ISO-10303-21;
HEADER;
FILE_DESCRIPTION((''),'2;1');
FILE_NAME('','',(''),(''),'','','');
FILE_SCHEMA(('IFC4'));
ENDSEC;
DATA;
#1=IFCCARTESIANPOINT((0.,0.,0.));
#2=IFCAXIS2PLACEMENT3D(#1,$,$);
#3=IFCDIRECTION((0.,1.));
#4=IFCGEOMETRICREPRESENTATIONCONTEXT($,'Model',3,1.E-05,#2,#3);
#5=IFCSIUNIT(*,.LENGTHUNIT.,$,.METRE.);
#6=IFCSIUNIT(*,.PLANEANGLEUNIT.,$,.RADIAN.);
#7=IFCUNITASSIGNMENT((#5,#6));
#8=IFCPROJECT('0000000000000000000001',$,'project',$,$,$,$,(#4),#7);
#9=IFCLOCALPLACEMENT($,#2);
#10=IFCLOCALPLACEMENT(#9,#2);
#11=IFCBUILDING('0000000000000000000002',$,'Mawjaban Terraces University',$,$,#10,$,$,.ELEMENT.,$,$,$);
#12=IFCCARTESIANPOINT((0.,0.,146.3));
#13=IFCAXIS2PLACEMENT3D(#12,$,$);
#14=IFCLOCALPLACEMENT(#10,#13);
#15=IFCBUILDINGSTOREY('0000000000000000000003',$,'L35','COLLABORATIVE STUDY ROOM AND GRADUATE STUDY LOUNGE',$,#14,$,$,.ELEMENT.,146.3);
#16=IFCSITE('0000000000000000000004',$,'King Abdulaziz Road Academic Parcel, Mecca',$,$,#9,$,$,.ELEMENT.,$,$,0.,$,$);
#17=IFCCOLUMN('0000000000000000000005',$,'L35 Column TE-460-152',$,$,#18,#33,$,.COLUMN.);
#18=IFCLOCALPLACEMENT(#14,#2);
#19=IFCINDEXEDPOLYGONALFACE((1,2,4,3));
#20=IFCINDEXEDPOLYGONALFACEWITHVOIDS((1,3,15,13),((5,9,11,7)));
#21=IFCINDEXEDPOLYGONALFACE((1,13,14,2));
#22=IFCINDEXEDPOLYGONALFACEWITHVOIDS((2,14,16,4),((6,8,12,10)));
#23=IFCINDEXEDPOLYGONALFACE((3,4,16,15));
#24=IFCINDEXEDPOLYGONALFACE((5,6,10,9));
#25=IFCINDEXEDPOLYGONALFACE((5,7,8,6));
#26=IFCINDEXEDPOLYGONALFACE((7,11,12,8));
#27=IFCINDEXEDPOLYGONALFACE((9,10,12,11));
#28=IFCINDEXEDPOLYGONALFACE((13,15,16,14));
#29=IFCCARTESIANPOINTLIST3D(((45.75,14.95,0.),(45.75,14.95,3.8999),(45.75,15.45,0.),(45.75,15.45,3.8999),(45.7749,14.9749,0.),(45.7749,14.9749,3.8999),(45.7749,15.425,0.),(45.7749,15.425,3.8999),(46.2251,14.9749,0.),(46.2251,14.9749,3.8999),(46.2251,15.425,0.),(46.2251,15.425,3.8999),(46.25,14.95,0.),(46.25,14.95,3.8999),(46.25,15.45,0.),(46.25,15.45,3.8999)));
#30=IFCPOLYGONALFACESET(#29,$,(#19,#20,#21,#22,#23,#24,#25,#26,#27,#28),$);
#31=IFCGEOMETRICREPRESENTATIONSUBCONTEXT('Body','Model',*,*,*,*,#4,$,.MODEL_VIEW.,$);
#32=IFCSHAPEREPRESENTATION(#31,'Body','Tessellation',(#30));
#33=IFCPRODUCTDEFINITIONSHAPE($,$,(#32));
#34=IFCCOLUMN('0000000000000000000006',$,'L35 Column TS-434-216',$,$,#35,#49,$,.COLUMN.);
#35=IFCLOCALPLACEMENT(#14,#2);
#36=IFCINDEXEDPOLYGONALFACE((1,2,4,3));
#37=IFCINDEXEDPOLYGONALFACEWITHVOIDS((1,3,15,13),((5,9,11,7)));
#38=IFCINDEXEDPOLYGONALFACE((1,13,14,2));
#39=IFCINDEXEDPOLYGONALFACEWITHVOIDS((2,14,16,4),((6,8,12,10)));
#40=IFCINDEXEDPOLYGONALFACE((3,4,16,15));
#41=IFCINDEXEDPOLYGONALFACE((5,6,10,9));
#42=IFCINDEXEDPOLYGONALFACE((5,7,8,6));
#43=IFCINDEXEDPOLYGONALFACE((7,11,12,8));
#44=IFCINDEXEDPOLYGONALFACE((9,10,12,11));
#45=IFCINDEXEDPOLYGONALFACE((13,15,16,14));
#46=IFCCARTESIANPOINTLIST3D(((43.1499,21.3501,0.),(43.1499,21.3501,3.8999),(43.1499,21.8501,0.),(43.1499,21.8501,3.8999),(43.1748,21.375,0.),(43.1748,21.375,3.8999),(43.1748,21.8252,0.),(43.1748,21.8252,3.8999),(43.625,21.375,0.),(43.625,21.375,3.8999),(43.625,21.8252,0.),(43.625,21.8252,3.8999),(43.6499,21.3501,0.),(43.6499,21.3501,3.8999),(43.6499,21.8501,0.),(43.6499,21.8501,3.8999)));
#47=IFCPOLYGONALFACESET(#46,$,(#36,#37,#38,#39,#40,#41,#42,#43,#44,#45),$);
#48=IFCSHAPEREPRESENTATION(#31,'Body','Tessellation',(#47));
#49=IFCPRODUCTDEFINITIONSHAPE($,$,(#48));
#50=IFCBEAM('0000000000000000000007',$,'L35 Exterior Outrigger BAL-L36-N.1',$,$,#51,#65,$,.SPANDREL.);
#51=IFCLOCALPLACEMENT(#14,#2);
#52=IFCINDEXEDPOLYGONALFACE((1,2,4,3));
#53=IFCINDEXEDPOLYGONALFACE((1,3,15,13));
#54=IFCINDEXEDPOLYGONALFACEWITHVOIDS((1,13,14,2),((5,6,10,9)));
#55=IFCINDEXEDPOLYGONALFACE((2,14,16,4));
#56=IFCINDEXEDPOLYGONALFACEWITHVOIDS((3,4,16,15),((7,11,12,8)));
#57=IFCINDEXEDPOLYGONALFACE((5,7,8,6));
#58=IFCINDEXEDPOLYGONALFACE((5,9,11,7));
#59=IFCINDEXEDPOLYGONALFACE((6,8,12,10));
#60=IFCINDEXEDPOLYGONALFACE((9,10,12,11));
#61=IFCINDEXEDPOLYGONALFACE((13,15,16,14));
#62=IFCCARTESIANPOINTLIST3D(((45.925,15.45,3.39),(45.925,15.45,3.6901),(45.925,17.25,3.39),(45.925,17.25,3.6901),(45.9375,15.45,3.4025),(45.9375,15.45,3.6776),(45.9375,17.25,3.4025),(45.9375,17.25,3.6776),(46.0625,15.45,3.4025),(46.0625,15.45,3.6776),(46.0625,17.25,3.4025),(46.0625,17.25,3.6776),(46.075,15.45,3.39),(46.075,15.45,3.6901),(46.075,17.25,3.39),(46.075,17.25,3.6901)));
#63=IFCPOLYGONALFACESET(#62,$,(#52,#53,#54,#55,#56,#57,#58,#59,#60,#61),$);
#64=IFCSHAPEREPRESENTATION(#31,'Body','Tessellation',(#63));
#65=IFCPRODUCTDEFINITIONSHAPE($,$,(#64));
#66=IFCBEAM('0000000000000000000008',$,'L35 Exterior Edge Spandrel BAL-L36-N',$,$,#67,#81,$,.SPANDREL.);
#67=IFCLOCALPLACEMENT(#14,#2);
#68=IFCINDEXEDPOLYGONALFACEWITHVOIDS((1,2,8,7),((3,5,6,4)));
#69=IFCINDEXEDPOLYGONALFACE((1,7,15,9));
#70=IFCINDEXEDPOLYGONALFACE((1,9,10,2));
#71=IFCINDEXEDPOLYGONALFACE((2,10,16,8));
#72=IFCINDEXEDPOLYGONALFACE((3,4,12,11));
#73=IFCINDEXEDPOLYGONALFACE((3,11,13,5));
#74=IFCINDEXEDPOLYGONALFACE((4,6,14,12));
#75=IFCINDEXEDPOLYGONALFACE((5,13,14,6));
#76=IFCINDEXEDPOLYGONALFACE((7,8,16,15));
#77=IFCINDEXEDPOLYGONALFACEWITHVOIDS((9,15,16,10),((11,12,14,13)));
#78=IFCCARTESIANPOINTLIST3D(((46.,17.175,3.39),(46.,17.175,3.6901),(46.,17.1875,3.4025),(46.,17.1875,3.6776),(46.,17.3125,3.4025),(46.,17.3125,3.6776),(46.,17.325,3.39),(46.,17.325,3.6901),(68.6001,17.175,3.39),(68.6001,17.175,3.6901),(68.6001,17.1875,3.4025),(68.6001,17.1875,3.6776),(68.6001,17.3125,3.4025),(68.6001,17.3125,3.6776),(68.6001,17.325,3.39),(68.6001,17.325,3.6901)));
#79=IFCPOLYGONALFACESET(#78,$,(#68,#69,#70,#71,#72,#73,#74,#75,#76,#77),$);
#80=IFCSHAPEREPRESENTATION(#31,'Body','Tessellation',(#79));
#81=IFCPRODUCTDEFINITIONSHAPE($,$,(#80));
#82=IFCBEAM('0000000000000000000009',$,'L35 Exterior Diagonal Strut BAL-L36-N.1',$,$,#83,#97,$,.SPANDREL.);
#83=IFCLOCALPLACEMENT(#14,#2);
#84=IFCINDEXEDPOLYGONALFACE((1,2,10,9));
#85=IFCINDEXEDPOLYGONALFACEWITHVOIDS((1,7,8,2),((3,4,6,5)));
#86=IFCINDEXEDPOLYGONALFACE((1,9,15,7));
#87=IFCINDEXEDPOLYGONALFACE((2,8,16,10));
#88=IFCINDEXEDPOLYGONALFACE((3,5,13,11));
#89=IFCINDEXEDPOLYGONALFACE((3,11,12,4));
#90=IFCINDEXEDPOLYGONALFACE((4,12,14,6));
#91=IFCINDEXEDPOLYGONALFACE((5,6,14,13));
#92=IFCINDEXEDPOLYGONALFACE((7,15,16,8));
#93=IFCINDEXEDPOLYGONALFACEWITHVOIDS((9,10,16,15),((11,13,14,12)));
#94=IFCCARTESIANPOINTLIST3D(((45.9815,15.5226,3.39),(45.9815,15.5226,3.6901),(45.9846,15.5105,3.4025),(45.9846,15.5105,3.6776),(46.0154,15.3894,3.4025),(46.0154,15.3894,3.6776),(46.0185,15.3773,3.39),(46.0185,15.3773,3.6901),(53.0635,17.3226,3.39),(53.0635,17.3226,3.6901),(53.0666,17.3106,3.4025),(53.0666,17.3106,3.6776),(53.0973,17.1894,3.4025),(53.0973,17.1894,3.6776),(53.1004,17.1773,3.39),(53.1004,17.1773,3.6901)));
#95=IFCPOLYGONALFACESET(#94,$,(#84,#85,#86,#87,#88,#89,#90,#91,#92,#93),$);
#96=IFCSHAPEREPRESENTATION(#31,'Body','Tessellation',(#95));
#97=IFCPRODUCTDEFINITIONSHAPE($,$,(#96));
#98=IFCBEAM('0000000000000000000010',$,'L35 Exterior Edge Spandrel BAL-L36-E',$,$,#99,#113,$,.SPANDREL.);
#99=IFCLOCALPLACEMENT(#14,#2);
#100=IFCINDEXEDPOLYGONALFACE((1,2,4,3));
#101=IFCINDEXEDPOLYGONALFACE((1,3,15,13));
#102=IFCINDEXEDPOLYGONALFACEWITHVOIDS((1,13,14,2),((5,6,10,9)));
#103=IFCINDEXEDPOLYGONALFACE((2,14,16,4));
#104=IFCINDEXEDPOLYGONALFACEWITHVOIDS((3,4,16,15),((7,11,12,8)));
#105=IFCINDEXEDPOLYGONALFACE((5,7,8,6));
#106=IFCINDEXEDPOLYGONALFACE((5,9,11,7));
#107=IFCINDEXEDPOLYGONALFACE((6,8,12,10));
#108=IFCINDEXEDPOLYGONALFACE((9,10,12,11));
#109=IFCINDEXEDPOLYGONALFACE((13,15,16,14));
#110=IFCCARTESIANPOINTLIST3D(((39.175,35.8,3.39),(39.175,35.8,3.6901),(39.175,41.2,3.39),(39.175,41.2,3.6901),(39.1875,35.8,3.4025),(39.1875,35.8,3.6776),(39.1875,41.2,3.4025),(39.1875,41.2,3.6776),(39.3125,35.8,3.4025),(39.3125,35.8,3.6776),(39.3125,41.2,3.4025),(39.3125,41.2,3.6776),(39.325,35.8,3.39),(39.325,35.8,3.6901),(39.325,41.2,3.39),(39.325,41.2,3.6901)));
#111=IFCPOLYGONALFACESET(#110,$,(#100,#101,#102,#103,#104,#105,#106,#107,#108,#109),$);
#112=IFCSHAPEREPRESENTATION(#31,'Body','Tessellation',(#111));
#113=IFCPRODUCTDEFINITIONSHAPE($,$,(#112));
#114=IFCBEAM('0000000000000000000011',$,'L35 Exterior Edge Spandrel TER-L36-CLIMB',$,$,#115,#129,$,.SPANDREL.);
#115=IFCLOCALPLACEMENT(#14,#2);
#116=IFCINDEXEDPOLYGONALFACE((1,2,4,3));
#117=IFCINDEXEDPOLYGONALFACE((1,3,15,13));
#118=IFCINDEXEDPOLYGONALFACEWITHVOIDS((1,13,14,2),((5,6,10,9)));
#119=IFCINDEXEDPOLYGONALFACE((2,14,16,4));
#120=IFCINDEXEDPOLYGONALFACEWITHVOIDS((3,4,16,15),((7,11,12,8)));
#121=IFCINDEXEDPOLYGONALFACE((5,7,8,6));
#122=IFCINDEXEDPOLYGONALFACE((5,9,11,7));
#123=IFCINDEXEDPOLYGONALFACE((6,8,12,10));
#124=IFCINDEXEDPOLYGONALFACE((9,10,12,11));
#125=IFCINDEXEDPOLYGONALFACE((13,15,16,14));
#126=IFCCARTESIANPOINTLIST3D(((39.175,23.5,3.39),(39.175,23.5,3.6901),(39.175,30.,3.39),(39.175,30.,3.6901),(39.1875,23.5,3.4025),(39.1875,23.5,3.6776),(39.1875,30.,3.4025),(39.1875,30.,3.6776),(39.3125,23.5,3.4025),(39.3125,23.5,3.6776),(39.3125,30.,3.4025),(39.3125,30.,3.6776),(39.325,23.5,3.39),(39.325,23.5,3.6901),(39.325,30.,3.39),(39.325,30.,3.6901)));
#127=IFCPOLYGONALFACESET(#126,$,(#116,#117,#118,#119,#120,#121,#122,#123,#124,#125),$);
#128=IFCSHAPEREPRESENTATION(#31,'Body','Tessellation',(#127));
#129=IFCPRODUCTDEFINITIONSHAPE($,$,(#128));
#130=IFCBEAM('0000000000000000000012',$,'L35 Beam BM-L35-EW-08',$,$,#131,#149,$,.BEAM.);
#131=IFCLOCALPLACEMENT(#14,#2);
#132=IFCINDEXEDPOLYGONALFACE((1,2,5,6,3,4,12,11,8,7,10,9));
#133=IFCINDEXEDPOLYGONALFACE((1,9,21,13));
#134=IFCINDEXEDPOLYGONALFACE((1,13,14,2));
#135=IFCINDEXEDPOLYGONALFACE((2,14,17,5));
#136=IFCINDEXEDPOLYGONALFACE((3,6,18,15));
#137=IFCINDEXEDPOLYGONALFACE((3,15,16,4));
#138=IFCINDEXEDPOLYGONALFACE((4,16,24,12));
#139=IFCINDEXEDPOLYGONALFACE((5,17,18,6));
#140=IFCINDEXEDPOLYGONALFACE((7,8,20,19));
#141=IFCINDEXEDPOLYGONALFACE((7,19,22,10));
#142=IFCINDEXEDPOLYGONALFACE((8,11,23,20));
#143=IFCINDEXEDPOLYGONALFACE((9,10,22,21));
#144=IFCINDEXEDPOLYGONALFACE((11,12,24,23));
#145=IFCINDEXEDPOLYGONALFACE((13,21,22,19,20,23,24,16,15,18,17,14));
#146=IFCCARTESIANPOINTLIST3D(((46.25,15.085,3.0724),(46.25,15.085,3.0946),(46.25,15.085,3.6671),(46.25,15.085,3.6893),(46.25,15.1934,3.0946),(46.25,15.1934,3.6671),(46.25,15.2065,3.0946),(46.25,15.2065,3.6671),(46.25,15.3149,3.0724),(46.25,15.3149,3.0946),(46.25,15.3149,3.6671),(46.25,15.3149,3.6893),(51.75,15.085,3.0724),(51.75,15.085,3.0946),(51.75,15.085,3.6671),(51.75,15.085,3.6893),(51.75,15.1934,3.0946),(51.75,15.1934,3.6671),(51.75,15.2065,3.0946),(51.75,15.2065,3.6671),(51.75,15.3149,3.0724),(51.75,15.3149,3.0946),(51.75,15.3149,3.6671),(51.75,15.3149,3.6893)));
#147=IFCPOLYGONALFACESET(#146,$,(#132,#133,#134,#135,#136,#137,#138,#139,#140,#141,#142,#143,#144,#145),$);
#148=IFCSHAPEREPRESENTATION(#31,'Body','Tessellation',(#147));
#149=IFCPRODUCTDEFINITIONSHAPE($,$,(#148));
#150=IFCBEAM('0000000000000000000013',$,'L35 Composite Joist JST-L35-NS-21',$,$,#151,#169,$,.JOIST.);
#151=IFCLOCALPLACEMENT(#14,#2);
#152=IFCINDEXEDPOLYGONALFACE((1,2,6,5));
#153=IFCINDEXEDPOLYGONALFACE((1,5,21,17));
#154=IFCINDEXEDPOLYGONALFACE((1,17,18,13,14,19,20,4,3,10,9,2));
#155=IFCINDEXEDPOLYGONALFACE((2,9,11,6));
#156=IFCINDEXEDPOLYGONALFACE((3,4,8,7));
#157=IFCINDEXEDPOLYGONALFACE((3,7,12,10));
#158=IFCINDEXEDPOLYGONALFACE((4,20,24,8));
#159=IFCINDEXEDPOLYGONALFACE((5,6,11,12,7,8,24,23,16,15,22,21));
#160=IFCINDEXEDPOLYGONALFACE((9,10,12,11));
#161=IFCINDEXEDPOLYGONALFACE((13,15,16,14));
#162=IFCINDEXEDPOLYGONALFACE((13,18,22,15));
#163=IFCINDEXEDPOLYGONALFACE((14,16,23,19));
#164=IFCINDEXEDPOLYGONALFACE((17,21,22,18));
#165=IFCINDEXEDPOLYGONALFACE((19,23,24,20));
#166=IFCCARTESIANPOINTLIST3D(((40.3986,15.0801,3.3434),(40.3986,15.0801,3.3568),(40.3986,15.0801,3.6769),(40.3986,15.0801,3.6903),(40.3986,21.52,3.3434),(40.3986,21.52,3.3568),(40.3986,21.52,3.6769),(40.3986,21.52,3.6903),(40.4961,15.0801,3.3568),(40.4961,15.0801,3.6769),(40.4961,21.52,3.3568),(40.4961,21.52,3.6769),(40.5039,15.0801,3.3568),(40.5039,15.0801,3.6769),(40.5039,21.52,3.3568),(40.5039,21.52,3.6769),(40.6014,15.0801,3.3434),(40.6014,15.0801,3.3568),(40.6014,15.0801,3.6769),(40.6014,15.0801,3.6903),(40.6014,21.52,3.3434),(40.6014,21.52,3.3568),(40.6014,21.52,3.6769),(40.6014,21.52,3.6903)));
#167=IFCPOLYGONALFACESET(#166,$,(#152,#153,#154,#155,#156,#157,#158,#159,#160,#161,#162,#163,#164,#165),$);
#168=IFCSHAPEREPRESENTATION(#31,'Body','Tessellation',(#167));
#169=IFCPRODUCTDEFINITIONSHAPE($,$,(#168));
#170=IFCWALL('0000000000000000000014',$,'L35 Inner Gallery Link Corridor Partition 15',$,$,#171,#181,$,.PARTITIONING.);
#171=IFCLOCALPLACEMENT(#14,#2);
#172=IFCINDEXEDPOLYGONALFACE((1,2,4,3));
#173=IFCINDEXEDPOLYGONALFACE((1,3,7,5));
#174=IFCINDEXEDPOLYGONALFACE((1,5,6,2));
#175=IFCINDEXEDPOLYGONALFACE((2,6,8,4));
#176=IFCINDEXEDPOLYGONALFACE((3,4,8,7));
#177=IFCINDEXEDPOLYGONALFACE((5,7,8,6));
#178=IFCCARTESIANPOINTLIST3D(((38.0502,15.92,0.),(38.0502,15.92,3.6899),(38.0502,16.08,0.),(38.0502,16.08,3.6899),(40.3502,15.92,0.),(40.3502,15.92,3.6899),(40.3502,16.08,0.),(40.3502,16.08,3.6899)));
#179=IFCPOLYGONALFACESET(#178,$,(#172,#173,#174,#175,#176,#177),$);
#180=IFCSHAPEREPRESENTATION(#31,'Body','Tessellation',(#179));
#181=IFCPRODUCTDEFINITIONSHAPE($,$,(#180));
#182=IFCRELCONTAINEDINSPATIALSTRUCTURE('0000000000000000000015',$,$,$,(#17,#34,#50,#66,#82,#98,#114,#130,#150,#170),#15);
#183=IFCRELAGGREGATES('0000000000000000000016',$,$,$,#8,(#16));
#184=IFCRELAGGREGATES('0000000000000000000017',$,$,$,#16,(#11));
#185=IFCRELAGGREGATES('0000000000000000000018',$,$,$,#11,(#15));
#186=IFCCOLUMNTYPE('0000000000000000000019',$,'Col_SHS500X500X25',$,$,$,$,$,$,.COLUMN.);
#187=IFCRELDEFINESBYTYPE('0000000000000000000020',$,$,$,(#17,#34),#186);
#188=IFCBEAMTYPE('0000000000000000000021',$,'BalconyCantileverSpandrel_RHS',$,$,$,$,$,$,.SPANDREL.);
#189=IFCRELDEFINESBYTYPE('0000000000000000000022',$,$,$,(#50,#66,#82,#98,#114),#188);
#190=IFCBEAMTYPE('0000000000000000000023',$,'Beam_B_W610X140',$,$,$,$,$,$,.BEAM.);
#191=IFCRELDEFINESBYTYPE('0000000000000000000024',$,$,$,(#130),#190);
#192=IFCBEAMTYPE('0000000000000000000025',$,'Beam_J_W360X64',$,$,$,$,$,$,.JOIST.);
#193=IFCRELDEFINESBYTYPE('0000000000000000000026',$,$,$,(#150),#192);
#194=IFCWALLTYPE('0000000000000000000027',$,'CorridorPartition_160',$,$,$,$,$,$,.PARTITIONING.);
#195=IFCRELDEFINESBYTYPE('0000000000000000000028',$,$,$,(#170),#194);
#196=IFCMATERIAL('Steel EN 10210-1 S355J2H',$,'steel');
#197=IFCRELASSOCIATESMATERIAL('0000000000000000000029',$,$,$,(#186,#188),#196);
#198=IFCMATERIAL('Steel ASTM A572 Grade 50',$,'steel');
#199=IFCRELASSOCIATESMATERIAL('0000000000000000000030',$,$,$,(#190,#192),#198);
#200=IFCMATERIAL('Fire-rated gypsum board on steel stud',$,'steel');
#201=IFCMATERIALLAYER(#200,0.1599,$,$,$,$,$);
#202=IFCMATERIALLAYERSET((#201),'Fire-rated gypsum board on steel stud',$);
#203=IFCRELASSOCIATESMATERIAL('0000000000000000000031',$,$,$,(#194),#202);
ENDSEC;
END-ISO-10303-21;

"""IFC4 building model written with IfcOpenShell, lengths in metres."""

from ifc_helpers import new_model, si_unit, direction, frame, frame_2d, origin, origin_2d, place, context, subcontext, project, spatial, rectangle, hollow_rectangle, i_section, extrude, material, layer, layer_set, material_profile, profile_set, type_object, element, save


model = new_model("IFC4")

# Units and contexts
model_context = context("Model", 3, precision=1e-05, world=origin(), true_north=direction((0.0, 1.0)))
body_context = subcontext(model_context, "Body", "Model", "MODEL_VIEW")
ifc_project = project(units=[si_unit("LENGTHUNIT", "METRE"), si_unit("PLANEANGLEUNIT", "RADIAN")], contexts=[model_context])

# Site, building, storey
site_placement = place(None, origin())
site = spatial("IfcSite", under=ifc_project, at=site_placement, Name="King Abdulaziz Road Academic Parcel, Mecca", CompositionType="ELEMENT", RefElevation=0.0)
building_placement = place(site_placement, origin())
building = spatial("IfcBuilding", under=site, at=building_placement, Name="Mawjaban Terraces University", CompositionType="ELEMENT")
storey_placement = place(building_placement, frame((0.0, 0.0, 146.3)))
storey = spatial("IfcBuildingStorey", under=building, at=storey_placement, Name="L35", Description="COLLABORATIVE STUDY ROOM AND GRADUATE STUDY LOUNGE", CompositionType="ELEMENT", Elevation=146.3)

# Columns
ifc_material_1 = material(Name="Steel EN 10210-1 S355J2H", Category="steel")
ifc_material_profile_1 = material_profile(ifc_material_1, hollow_rectangle(XDim=0.5, YDim=0.5, WallThickness=0.0249, at=origin_2d()), Name="SHS500X500X25")
ifc_profile_set_1 = profile_set([ifc_material_profile_1], Name="Steel EN 10210-1 S355J2H")
column_type = type_object("IfcColumnType", Name="Col_SHS500X500X25", PredefinedType="COLUMN", material=ifc_profile_set_1)
for number, where, z_axis, x_axis, name in (
    (1, (46.0, 15.2, 0.0), (0.0, 0.0, 1.0), (1.0, 0.0, 0.0), "L35 Column TE-460-152"),
    (2, (43.3999, 21.6001, 0.0), (0.0, 0.0, 1.0), (1.0, 0.0, 0.0), "L35 Column TS-434-216"),
):
    element("IfcColumn", number, at=place(storey_placement, frame(where, z_axis=z_axis, x_axis=x_axis)), inside=storey, type_object=column_type, Name=name, PredefinedType="COLUMN", context=body_context, shape_type="SweptSolid", body=[
        extrude(hollow_rectangle(XDim=0.5, YDim=0.5, WallThickness=0.0249, at=origin_2d()), origin(), (0.0, 0.0, 1.0), 3.8999),
    ])

# Beams
ifc_material_profile_2 = material_profile(ifc_material_1, hollow_rectangle(XDim=0.1499, YDim=0.3, WallThickness=0.0125, at=origin_2d()), Name="RHS300X150X12.5")
ifc_profile_set_2 = profile_set([ifc_material_profile_2], Name="Steel EN 10210-1 S355J2H")
beam_type_1 = type_object("IfcBeamType", Name="BalconyCantileverSpandrel_RHS", PredefinedType="SPANDREL", material=ifc_profile_set_2)
beam_1_placement = place(storey_placement, frame((46.0, 15.45, 3.54), z_axis=(0.0, 1.0, 0.0), x_axis=(-1.0, 0.0, 0.0)))
element("IfcBeam", 3, at=beam_1_placement, inside=storey, type_object=beam_type_1, Name="L35 Exterior Outrigger BAL-L36-N.1", PredefinedType="SPANDREL", context=body_context, shape_type="SweptSolid", body=[
    extrude(hollow_rectangle(XDim=0.1499, YDim=0.3, WallThickness=0.0125, at=origin_2d()), origin(), (0.0, 0.0, 1.0), 1.8),
])
beam_2_placement = place(storey_placement, frame((46.0, 17.25, 3.54), z_axis=(1.0, 0.0, 0.0), x_axis=(0.0, 1.0, 0.0)))
element("IfcBeam", 4, at=beam_2_placement, inside=storey, type_object=beam_type_1, Name="L35 Exterior Edge Spandrel BAL-L36-N", PredefinedType="SPANDREL", context=body_context, shape_type="SweptSolid", body=[
    extrude(hollow_rectangle(XDim=0.1499, YDim=0.3, WallThickness=0.0125, at=origin_2d()), origin(), (0.0, 0.0, 1.0), 22.6001),
])
beam_3_placement = place(storey_placement, frame((46.0, 15.45, 3.54), z_axis=(0.969184, 0.246339, 0.0), x_axis=(-0.246339, 0.969184, 0.0)))
element("IfcBeam", 5, at=beam_3_placement, inside=storey, type_object=beam_type_1, Name="L35 Exterior Diagonal Strut BAL-L36-N.1", PredefinedType="SPANDREL", context=body_context, shape_type="SweptSolid", body=[
    extrude(hollow_rectangle(XDim=0.1499, YDim=0.3, WallThickness=0.0125, at=origin_2d()), origin(), (0.0, 0.0, 1.0), 7.3071),
])
beam_4_placement = place(storey_placement, frame((39.25, 35.8, 3.54), z_axis=(0.0, 1.0, 0.0), x_axis=(-1.0, 0.0, 0.0)))
element("IfcBeam", 6, at=beam_4_placement, inside=storey, type_object=beam_type_1, Name="L35 Exterior Edge Spandrel BAL-L36-E", PredefinedType="SPANDREL", context=body_context, shape_type="SweptSolid", body=[
    extrude(hollow_rectangle(XDim=0.1499, YDim=0.3, WallThickness=0.0125, at=origin_2d()), origin(), (0.0, 0.0, 1.0), 5.3999),
])
beam_5_placement = place(storey_placement, frame((39.25, 23.5, 3.54), z_axis=(0.0, 1.0, 0.0), x_axis=(-1.0, 0.0, 0.0)))
element("IfcBeam", 7, at=beam_5_placement, inside=storey, type_object=beam_type_1, Name="L35 Exterior Edge Spandrel TER-L36-CLIMB", PredefinedType="SPANDREL", context=body_context, shape_type="SweptSolid", body=[
    extrude(hollow_rectangle(XDim=0.1499, YDim=0.3, WallThickness=0.0125, at=origin_2d()), origin(), (0.0, 0.0, 1.0), 6.5),
])
ifc_material_2 = material(Name="Steel ASTM A572 Grade 50", Category="steel")
ifc_material_profile_3 = material_profile(ifc_material_2, i_section(OverallWidth=0.23, OverallDepth=0.6169, WebThickness=0.0132, FlangeThickness=0.0222, at=origin_2d()), Name="W610X140")
ifc_profile_set_3 = profile_set([ifc_material_profile_3], Name="Steel ASTM A572 Grade 50")
beam_type_2 = type_object("IfcBeamType", Name="Beam_B_W610X140", PredefinedType="BEAM", material=ifc_profile_set_3)
beam_6_placement = place(storey_placement, frame((46.25, 15.2, 3.3809), z_axis=(1.0, 0.0, 0.0), x_axis=(0.0, 1.0, 0.0)))
element("IfcBeam", 8, at=beam_6_placement, inside=storey, type_object=beam_type_2, Name="L35 Beam BM-L35-EW-08", PredefinedType="BEAM", context=body_context, shape_type="SweptSolid", body=[
    extrude(i_section(OverallWidth=0.23, OverallDepth=0.6169, WebThickness=0.0132, FlangeThickness=0.0222, at=origin_2d()), origin(), (0.0, 0.0, 1.0), 5.5),
])
ifc_material_profile_4 = material_profile(ifc_material_2, i_section(OverallWidth=0.2029, OverallDepth=0.3469, WebThickness=0.0078, FlangeThickness=0.0134, at=origin_2d()), Name="W360X64")
ifc_profile_set_4 = profile_set([ifc_material_profile_4], Name="Steel ASTM A572 Grade 50")
beam_type_3 = type_object("IfcBeamType", Name="Beam_J_W360X64", PredefinedType="JOIST", material=ifc_profile_set_4)
beam_7_placement = place(storey_placement, frame((40.5, 15.0801, 3.5168), z_axis=(0.0, 1.0, 0.0), x_axis=(-1.0, 0.0, 0.0)))
element("IfcBeam", 9, at=beam_7_placement, inside=storey, type_object=beam_type_3, Name="L35 Composite Joist JST-L35-NS-21", PredefinedType="JOIST", context=body_context, shape_type="SweptSolid", body=[
    extrude(i_section(OverallWidth=0.2029, OverallDepth=0.3469, WebThickness=0.0078, FlangeThickness=0.0134, at=origin_2d()), origin(), (0.0, 0.0, 1.0), 6.4399),
])

# Wall
ifc_material_3 = material(Name="Fire-rated gypsum board on steel stud", Category="steel")
ifc_layer_1 = layer(ifc_material_3, 0.1599)
ifc_layer_set_1 = layer_set([ifc_layer_1], Name="Fire-rated gypsum board on steel stud")
wall_type_1 = type_object("IfcWallType", Name="CorridorPartition_160", PredefinedType="PARTITIONING", material=ifc_layer_set_1)
wall_1_placement = place(storey_placement, frame((40.3501, 16.0, 0.0), z_axis=(0.0, 0.0, 1.0), x_axis=(-1.0, 0.0, 0.0)))
element("IfcWall", 10, at=wall_1_placement, inside=storey, type_object=wall_type_1, Name="L35 Inner Gallery Link Corridor Partition 15", PredefinedType="PARTITIONING", context=body_context, shape_type="SweptSolid", body=[
    extrude(rectangle(XDim=2.3, YDim=0.1599, at=frame_2d((1.1499, 0.0))), origin(), (0.0, 0.0, 1.0), 3.6899),
])

save(model, "model.ifc")
